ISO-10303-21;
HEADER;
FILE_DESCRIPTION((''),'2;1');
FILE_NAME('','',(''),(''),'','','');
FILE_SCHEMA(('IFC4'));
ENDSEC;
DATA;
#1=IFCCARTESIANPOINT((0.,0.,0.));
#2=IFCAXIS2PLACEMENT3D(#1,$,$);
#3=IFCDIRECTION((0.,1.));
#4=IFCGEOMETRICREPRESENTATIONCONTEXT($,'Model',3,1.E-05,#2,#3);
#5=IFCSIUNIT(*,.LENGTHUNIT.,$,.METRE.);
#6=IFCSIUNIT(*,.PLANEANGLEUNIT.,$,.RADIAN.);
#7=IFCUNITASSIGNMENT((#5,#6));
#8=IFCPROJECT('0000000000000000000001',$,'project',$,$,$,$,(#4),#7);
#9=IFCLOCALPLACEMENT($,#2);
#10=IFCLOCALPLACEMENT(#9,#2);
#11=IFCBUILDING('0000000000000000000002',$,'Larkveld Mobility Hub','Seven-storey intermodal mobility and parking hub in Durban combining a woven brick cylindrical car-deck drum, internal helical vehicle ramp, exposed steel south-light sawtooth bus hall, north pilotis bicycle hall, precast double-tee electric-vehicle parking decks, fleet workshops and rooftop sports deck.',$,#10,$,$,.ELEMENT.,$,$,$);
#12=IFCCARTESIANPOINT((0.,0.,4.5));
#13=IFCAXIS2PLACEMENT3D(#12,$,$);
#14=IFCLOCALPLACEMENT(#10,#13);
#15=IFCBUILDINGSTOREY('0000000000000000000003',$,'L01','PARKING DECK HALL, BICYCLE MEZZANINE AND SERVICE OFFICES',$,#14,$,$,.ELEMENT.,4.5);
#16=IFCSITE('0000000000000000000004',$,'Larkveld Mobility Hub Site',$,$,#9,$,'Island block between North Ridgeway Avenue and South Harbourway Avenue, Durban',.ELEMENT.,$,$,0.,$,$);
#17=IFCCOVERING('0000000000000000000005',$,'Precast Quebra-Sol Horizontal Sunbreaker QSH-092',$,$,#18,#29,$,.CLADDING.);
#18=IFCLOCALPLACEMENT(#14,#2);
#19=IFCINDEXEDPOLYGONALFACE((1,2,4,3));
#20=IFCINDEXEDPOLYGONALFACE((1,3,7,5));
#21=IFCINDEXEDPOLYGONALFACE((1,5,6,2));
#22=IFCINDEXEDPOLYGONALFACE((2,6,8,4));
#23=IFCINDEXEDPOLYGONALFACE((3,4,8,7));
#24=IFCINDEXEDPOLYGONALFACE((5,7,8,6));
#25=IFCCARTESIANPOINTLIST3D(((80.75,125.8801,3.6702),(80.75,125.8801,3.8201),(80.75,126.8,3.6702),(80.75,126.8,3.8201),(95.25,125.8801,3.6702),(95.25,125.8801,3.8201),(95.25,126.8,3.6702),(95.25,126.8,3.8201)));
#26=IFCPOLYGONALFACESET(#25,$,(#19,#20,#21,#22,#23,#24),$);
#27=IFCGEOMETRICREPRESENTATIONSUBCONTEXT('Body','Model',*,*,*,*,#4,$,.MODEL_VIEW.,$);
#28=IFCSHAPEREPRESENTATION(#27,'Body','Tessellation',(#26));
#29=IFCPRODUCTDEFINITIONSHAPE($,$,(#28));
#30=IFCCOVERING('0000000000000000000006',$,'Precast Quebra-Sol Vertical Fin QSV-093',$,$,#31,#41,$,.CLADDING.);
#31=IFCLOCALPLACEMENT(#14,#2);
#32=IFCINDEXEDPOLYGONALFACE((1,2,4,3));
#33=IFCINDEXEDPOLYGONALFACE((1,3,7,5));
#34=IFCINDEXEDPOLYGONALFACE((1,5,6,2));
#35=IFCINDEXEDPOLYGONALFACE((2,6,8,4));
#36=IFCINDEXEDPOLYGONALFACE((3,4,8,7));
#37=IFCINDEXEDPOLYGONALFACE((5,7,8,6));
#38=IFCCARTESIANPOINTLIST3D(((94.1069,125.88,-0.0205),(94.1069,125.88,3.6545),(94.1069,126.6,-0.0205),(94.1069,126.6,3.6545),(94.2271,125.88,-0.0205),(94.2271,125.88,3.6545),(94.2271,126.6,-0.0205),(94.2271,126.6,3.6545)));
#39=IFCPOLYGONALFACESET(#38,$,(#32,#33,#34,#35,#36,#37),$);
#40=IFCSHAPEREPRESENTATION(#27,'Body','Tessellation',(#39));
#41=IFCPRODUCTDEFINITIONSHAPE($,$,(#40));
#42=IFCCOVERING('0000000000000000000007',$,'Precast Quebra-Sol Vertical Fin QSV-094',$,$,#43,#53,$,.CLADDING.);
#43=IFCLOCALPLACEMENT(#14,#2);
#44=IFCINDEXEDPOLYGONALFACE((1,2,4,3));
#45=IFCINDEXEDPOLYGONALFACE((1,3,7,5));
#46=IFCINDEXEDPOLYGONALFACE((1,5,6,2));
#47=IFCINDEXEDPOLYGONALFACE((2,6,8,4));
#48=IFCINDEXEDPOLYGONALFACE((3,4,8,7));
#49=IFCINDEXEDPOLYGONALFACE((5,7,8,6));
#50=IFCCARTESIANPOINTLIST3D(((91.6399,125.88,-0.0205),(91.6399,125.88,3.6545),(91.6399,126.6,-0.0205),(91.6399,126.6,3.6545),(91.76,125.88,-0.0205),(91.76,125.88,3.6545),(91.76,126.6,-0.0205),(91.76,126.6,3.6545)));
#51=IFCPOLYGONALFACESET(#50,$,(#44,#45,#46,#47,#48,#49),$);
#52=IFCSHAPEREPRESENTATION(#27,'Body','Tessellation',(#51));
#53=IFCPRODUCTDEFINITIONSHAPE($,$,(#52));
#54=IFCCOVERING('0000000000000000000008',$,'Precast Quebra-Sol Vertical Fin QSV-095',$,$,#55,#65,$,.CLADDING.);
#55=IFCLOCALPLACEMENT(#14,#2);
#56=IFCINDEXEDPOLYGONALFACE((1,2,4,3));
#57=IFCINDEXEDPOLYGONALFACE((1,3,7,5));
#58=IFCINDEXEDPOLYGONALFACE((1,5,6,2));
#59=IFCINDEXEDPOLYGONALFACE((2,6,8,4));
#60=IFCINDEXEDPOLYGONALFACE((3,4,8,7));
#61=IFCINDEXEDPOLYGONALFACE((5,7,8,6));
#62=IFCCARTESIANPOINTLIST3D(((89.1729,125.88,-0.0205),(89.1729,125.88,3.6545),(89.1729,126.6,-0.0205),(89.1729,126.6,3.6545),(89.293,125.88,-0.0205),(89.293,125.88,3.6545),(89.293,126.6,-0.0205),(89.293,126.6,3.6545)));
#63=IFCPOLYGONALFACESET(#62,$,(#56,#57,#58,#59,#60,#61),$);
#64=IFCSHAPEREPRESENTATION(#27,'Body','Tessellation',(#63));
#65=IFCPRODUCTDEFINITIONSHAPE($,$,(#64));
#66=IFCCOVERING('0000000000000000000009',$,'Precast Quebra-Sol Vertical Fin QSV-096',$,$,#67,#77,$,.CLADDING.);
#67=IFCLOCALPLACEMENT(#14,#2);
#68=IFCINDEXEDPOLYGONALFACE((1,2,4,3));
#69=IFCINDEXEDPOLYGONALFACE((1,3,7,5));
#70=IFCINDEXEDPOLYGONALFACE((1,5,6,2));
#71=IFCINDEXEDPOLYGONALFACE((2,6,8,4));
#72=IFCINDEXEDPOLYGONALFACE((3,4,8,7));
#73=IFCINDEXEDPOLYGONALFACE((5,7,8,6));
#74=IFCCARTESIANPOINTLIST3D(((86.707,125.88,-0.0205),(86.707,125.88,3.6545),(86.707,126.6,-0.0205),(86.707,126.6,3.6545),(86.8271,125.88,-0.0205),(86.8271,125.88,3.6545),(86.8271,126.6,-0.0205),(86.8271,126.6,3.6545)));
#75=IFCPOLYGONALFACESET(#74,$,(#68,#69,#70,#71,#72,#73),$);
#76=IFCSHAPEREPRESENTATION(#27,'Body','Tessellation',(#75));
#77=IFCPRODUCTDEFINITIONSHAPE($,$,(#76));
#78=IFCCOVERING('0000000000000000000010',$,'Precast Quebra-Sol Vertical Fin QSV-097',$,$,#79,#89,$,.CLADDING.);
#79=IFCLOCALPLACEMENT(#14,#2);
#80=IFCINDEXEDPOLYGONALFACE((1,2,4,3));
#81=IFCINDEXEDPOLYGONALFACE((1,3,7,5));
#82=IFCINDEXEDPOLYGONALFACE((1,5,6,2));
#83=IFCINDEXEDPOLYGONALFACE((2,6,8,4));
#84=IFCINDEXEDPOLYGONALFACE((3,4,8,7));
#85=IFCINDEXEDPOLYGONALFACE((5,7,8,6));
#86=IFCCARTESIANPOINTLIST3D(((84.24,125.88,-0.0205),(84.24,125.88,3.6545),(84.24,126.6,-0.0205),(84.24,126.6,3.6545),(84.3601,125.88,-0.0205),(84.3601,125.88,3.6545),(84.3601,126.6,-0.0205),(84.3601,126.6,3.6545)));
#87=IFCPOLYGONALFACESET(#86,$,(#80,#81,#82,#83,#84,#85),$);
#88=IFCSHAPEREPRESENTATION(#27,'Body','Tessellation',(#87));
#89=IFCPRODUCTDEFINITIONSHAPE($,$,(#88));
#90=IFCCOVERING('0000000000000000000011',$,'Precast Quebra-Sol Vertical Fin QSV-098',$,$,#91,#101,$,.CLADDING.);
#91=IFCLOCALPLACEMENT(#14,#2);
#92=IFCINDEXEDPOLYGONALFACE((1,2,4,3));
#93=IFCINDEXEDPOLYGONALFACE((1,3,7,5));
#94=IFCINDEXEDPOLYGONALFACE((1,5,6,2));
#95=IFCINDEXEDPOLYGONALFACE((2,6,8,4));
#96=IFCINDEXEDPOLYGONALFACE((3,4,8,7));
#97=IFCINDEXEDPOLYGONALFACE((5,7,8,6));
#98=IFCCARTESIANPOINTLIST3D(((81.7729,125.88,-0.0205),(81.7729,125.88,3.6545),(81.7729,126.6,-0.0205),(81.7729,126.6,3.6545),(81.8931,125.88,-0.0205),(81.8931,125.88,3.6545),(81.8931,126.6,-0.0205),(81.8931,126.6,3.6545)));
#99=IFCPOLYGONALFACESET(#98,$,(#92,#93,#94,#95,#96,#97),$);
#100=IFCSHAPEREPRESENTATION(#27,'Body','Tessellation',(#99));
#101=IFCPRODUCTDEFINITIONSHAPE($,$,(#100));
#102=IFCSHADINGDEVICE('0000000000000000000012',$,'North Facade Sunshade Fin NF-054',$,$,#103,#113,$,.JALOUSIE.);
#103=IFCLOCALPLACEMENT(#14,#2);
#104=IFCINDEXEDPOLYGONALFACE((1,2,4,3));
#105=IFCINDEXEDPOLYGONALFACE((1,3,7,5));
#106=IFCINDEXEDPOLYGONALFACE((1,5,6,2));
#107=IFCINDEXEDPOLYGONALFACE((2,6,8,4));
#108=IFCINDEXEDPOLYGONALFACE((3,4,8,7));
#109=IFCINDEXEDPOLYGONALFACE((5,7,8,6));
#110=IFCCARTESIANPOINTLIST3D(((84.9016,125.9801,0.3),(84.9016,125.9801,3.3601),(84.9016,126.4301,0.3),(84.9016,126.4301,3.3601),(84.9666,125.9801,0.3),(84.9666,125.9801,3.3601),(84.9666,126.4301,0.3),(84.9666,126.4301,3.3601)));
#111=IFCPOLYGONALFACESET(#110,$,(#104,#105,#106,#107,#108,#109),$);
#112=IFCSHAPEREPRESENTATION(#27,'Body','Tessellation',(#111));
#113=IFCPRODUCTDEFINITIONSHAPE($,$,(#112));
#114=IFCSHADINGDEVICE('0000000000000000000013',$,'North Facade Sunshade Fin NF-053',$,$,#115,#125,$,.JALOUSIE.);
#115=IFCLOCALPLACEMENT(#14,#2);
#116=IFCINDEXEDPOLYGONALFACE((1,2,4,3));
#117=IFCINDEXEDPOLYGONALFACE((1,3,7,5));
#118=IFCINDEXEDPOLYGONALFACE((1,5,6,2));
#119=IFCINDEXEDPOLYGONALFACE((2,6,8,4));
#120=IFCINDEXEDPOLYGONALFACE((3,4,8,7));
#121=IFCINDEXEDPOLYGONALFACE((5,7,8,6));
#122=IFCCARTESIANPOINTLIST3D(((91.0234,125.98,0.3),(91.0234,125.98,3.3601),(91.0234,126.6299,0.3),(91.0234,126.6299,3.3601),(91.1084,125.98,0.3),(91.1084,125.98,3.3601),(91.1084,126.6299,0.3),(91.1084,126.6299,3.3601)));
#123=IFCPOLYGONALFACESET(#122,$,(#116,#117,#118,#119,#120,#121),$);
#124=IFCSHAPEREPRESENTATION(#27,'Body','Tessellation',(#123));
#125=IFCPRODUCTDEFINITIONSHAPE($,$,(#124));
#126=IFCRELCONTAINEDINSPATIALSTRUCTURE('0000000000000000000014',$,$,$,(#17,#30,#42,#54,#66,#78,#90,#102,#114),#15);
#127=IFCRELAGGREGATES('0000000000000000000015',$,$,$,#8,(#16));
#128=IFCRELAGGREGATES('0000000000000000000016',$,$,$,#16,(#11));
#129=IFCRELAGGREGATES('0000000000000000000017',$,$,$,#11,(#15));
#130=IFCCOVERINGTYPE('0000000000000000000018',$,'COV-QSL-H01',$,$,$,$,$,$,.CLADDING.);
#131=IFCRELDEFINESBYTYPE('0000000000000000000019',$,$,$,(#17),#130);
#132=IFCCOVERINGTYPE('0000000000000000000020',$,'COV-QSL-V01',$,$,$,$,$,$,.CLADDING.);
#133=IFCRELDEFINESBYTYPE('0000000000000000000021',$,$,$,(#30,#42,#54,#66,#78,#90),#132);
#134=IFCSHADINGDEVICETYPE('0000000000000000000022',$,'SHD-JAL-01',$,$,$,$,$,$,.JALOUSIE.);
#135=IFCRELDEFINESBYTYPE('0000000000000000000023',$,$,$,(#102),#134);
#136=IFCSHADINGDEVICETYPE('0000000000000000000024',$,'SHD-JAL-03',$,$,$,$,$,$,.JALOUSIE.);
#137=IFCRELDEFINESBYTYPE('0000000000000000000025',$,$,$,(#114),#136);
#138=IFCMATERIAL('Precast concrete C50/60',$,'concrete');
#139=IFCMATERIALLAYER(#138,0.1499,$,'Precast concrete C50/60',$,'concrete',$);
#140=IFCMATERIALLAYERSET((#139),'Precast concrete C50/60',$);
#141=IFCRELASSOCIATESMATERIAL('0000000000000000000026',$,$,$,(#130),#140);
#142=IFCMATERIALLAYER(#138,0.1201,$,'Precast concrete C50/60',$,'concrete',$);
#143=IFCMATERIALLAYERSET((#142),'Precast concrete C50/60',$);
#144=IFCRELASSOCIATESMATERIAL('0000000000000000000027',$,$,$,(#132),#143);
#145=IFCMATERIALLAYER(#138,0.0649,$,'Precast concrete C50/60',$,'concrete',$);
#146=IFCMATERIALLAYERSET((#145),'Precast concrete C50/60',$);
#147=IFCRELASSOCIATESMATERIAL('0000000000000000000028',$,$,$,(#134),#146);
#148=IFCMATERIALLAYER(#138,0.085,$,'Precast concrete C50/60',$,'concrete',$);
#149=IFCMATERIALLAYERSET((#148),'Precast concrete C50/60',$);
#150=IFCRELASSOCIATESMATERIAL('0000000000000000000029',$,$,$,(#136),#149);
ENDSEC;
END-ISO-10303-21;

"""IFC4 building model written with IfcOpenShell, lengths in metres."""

from ifc_helpers import new_model, si_unit, direction, frame, origin, origin_2d, place, context, subcontext, project, spatial, rectangle, extrude, material, layer, layer_set, type_object, element, save


model = new_model("IFC4")

# Units and contexts
model_context = context("Model", 3, precision=1e-05, world=origin(), true_north=direction((0.0, 1.0)))
body_context = subcontext(model_context, "Body", "Model", "MODEL_VIEW")
ifc_project = project(units=[si_unit("LENGTHUNIT", "METRE"), si_unit("PLANEANGLEUNIT", "RADIAN")], contexts=[model_context])

# Site, building, storey
site_placement = place(None, origin())
site = spatial("IfcSite", under=ifc_project, at=site_placement, Name="Larkveld Mobility Hub Site", LongName="Island block between North Ridgeway Avenue and South Harbourway Avenue, Durban", CompositionType="ELEMENT", RefElevation=0.0)
building_placement = place(site_placement, origin())
building = spatial("IfcBuilding", under=site, at=building_placement, Name="Larkveld Mobility Hub", Description="Seven-storey intermodal mobility and parking hub in Durban combining a woven brick cylindrical car-deck drum, internal helical vehicle ramp, exposed steel south-light sawtooth bus hall, north pilotis bicycle hall, precast double-tee electric-vehicle parking decks, fleet workshops and rooftop sports deck.", CompositionType="ELEMENT")
storey_placement = place(building_placement, frame((0.0, 0.0, 4.5)))
storey = spatial("IfcBuildingStorey", under=building, at=storey_placement, Name="L01", Description="PARKING DECK HALL, BICYCLE MEZZANINE AND SERVICE OFFICES", CompositionType="ELEMENT", Elevation=4.5)

# Shared definitions
ifc_material_1 = material(Name="Precast concrete C50/60", Category="concrete")

# Coverings
ifc_layer_1 = layer(ifc_material_1, 0.1499, Name="Precast concrete C50/60", Category="concrete")
ifc_layer_set_1 = layer_set([ifc_layer_1], Name="Precast concrete C50/60")
covering_type_1 = type_object("IfcCoveringType", Name="COV-QSL-H01", PredefinedType="CLADDING", material=ifc_layer_set_1)
covering_placement = place(storey_placement, frame((88.0, 126.3401, 3.6702), z_axis=(0.0, 0.0, 1.0), x_axis=(-1.0, 0.0, 0.0)))
element("IfcCovering", 1, at=covering_placement, inside=storey, type_object=covering_type_1, Name="Precast Quebra-Sol Horizontal Sunbreaker QSH-092", PredefinedType="CLADDING", context=body_context, shape_type="SweptSolid", body=[
    extrude(rectangle(XDim=14.5, YDim=0.9199, at=origin_2d()), origin(), (0.0, 0.0, 1.0), 0.1499),
])
ifc_layer_2 = layer(ifc_material_1, 0.1201, Name="Precast concrete C50/60", Category="concrete")
ifc_layer_set_2 = layer_set([ifc_layer_2], Name="Precast concrete C50/60")
covering_type_2 = type_object("IfcCoveringType", Name="COV-QSL-V01", PredefinedType="CLADDING", material=ifc_layer_set_2)
for number, where, z_axis, x_axis, name in (
    (2, (94.167, 126.24, -0.0205), (0.0, 0.0, 1.0), (-1.0, 0.0, 0.0), "Precast Quebra-Sol Vertical Fin QSV-093"),
    (3, (91.7, 126.24, -0.0205), (0.0, 0.0, 1.0), (-1.0, 0.0, 0.0), "Precast Quebra-Sol Vertical Fin QSV-094"),
    (4, (89.2329, 126.24, -0.0205), (0.0, 0.0, 1.0), (-1.0, 0.0, 0.0), "Precast Quebra-Sol Vertical Fin QSV-095"),
    (5, (86.7671, 126.24, -0.0205), (0.0, 0.0, 1.0), (-1.0, 0.0, 0.0), "Precast Quebra-Sol Vertical Fin QSV-096"),
    (6, (84.3, 126.24, -0.0205), (0.0, 0.0, 1.0), (-1.0, 0.0, 0.0), "Precast Quebra-Sol Vertical Fin QSV-097"),
    (7, (81.833, 126.24, -0.0205), (0.0, 0.0, 1.0), (-1.0, 0.0, 0.0), "Precast Quebra-Sol Vertical Fin QSV-098"),
):
    element("IfcCovering", number, at=place(storey_placement, frame(where, z_axis=z_axis, x_axis=x_axis)), inside=storey, type_object=covering_type_2, Name=name, PredefinedType="CLADDING", context=body_context, shape_type="SweptSolid", body=[
        extrude(rectangle(XDim=0.1201, YDim=0.72, at=origin_2d()), origin(), (0.0, 0.0, 1.0), 3.675),
    ])

# Shading devices
ifc_layer_3 = layer(ifc_material_1, 0.0649, Name="Precast concrete C50/60", Category="concrete")
ifc_layer_set_3 = layer_set([ifc_layer_3], Name="Precast concrete C50/60")
shading_device_type_1 = type_object("IfcShadingDeviceType", Name="SHD-JAL-01", PredefinedType="JALOUSIE", material=ifc_layer_set_3)
shading_device_1_placement = place(storey_placement, frame((84.9341, 126.2051, 0.3), z_axis=(0.0, 0.0, 1.0), x_axis=(1.0, 0.0, 0.0)))
element("IfcShadingDevice", 8, at=shading_device_1_placement, inside=storey, type_object=shading_device_type_1, Name="North Facade Sunshade Fin NF-054", PredefinedType="JALOUSIE", context=body_context, shape_type="SweptSolid", body=[
    extrude(rectangle(XDim=0.0649, YDim=0.45, at=origin_2d()), origin(), (0.0, 0.0, 1.0), 3.0601),
])
ifc_layer_4 = layer(ifc_material_1, 0.085, Name="Precast concrete C50/60", Category="concrete")
ifc_layer_set_4 = layer_set([ifc_layer_4], Name="Precast concrete C50/60")
shading_device_type_2 = type_object("IfcShadingDeviceType", Name="SHD-JAL-03", PredefinedType="JALOUSIE", material=ifc_layer_set_4)
shading_device_2_placement = place(storey_placement, frame((91.0659, 126.3049, 0.3), z_axis=(0.0, 0.0, 1.0), x_axis=(1.0, 0.0, 0.0)))
element("IfcShadingDevice", 9, at=shading_device_2_placement, inside=storey, type_object=shading_device_type_2, Name="North Facade Sunshade Fin NF-053", PredefinedType="JALOUSIE", context=body_context, shape_type="SweptSolid", body=[
    extrude(rectangle(XDim=0.085, YDim=0.6499, at=origin_2d()), origin(), (0.0, 0.0, 1.0), 3.0601),
])

save(model, "model.ifc")
